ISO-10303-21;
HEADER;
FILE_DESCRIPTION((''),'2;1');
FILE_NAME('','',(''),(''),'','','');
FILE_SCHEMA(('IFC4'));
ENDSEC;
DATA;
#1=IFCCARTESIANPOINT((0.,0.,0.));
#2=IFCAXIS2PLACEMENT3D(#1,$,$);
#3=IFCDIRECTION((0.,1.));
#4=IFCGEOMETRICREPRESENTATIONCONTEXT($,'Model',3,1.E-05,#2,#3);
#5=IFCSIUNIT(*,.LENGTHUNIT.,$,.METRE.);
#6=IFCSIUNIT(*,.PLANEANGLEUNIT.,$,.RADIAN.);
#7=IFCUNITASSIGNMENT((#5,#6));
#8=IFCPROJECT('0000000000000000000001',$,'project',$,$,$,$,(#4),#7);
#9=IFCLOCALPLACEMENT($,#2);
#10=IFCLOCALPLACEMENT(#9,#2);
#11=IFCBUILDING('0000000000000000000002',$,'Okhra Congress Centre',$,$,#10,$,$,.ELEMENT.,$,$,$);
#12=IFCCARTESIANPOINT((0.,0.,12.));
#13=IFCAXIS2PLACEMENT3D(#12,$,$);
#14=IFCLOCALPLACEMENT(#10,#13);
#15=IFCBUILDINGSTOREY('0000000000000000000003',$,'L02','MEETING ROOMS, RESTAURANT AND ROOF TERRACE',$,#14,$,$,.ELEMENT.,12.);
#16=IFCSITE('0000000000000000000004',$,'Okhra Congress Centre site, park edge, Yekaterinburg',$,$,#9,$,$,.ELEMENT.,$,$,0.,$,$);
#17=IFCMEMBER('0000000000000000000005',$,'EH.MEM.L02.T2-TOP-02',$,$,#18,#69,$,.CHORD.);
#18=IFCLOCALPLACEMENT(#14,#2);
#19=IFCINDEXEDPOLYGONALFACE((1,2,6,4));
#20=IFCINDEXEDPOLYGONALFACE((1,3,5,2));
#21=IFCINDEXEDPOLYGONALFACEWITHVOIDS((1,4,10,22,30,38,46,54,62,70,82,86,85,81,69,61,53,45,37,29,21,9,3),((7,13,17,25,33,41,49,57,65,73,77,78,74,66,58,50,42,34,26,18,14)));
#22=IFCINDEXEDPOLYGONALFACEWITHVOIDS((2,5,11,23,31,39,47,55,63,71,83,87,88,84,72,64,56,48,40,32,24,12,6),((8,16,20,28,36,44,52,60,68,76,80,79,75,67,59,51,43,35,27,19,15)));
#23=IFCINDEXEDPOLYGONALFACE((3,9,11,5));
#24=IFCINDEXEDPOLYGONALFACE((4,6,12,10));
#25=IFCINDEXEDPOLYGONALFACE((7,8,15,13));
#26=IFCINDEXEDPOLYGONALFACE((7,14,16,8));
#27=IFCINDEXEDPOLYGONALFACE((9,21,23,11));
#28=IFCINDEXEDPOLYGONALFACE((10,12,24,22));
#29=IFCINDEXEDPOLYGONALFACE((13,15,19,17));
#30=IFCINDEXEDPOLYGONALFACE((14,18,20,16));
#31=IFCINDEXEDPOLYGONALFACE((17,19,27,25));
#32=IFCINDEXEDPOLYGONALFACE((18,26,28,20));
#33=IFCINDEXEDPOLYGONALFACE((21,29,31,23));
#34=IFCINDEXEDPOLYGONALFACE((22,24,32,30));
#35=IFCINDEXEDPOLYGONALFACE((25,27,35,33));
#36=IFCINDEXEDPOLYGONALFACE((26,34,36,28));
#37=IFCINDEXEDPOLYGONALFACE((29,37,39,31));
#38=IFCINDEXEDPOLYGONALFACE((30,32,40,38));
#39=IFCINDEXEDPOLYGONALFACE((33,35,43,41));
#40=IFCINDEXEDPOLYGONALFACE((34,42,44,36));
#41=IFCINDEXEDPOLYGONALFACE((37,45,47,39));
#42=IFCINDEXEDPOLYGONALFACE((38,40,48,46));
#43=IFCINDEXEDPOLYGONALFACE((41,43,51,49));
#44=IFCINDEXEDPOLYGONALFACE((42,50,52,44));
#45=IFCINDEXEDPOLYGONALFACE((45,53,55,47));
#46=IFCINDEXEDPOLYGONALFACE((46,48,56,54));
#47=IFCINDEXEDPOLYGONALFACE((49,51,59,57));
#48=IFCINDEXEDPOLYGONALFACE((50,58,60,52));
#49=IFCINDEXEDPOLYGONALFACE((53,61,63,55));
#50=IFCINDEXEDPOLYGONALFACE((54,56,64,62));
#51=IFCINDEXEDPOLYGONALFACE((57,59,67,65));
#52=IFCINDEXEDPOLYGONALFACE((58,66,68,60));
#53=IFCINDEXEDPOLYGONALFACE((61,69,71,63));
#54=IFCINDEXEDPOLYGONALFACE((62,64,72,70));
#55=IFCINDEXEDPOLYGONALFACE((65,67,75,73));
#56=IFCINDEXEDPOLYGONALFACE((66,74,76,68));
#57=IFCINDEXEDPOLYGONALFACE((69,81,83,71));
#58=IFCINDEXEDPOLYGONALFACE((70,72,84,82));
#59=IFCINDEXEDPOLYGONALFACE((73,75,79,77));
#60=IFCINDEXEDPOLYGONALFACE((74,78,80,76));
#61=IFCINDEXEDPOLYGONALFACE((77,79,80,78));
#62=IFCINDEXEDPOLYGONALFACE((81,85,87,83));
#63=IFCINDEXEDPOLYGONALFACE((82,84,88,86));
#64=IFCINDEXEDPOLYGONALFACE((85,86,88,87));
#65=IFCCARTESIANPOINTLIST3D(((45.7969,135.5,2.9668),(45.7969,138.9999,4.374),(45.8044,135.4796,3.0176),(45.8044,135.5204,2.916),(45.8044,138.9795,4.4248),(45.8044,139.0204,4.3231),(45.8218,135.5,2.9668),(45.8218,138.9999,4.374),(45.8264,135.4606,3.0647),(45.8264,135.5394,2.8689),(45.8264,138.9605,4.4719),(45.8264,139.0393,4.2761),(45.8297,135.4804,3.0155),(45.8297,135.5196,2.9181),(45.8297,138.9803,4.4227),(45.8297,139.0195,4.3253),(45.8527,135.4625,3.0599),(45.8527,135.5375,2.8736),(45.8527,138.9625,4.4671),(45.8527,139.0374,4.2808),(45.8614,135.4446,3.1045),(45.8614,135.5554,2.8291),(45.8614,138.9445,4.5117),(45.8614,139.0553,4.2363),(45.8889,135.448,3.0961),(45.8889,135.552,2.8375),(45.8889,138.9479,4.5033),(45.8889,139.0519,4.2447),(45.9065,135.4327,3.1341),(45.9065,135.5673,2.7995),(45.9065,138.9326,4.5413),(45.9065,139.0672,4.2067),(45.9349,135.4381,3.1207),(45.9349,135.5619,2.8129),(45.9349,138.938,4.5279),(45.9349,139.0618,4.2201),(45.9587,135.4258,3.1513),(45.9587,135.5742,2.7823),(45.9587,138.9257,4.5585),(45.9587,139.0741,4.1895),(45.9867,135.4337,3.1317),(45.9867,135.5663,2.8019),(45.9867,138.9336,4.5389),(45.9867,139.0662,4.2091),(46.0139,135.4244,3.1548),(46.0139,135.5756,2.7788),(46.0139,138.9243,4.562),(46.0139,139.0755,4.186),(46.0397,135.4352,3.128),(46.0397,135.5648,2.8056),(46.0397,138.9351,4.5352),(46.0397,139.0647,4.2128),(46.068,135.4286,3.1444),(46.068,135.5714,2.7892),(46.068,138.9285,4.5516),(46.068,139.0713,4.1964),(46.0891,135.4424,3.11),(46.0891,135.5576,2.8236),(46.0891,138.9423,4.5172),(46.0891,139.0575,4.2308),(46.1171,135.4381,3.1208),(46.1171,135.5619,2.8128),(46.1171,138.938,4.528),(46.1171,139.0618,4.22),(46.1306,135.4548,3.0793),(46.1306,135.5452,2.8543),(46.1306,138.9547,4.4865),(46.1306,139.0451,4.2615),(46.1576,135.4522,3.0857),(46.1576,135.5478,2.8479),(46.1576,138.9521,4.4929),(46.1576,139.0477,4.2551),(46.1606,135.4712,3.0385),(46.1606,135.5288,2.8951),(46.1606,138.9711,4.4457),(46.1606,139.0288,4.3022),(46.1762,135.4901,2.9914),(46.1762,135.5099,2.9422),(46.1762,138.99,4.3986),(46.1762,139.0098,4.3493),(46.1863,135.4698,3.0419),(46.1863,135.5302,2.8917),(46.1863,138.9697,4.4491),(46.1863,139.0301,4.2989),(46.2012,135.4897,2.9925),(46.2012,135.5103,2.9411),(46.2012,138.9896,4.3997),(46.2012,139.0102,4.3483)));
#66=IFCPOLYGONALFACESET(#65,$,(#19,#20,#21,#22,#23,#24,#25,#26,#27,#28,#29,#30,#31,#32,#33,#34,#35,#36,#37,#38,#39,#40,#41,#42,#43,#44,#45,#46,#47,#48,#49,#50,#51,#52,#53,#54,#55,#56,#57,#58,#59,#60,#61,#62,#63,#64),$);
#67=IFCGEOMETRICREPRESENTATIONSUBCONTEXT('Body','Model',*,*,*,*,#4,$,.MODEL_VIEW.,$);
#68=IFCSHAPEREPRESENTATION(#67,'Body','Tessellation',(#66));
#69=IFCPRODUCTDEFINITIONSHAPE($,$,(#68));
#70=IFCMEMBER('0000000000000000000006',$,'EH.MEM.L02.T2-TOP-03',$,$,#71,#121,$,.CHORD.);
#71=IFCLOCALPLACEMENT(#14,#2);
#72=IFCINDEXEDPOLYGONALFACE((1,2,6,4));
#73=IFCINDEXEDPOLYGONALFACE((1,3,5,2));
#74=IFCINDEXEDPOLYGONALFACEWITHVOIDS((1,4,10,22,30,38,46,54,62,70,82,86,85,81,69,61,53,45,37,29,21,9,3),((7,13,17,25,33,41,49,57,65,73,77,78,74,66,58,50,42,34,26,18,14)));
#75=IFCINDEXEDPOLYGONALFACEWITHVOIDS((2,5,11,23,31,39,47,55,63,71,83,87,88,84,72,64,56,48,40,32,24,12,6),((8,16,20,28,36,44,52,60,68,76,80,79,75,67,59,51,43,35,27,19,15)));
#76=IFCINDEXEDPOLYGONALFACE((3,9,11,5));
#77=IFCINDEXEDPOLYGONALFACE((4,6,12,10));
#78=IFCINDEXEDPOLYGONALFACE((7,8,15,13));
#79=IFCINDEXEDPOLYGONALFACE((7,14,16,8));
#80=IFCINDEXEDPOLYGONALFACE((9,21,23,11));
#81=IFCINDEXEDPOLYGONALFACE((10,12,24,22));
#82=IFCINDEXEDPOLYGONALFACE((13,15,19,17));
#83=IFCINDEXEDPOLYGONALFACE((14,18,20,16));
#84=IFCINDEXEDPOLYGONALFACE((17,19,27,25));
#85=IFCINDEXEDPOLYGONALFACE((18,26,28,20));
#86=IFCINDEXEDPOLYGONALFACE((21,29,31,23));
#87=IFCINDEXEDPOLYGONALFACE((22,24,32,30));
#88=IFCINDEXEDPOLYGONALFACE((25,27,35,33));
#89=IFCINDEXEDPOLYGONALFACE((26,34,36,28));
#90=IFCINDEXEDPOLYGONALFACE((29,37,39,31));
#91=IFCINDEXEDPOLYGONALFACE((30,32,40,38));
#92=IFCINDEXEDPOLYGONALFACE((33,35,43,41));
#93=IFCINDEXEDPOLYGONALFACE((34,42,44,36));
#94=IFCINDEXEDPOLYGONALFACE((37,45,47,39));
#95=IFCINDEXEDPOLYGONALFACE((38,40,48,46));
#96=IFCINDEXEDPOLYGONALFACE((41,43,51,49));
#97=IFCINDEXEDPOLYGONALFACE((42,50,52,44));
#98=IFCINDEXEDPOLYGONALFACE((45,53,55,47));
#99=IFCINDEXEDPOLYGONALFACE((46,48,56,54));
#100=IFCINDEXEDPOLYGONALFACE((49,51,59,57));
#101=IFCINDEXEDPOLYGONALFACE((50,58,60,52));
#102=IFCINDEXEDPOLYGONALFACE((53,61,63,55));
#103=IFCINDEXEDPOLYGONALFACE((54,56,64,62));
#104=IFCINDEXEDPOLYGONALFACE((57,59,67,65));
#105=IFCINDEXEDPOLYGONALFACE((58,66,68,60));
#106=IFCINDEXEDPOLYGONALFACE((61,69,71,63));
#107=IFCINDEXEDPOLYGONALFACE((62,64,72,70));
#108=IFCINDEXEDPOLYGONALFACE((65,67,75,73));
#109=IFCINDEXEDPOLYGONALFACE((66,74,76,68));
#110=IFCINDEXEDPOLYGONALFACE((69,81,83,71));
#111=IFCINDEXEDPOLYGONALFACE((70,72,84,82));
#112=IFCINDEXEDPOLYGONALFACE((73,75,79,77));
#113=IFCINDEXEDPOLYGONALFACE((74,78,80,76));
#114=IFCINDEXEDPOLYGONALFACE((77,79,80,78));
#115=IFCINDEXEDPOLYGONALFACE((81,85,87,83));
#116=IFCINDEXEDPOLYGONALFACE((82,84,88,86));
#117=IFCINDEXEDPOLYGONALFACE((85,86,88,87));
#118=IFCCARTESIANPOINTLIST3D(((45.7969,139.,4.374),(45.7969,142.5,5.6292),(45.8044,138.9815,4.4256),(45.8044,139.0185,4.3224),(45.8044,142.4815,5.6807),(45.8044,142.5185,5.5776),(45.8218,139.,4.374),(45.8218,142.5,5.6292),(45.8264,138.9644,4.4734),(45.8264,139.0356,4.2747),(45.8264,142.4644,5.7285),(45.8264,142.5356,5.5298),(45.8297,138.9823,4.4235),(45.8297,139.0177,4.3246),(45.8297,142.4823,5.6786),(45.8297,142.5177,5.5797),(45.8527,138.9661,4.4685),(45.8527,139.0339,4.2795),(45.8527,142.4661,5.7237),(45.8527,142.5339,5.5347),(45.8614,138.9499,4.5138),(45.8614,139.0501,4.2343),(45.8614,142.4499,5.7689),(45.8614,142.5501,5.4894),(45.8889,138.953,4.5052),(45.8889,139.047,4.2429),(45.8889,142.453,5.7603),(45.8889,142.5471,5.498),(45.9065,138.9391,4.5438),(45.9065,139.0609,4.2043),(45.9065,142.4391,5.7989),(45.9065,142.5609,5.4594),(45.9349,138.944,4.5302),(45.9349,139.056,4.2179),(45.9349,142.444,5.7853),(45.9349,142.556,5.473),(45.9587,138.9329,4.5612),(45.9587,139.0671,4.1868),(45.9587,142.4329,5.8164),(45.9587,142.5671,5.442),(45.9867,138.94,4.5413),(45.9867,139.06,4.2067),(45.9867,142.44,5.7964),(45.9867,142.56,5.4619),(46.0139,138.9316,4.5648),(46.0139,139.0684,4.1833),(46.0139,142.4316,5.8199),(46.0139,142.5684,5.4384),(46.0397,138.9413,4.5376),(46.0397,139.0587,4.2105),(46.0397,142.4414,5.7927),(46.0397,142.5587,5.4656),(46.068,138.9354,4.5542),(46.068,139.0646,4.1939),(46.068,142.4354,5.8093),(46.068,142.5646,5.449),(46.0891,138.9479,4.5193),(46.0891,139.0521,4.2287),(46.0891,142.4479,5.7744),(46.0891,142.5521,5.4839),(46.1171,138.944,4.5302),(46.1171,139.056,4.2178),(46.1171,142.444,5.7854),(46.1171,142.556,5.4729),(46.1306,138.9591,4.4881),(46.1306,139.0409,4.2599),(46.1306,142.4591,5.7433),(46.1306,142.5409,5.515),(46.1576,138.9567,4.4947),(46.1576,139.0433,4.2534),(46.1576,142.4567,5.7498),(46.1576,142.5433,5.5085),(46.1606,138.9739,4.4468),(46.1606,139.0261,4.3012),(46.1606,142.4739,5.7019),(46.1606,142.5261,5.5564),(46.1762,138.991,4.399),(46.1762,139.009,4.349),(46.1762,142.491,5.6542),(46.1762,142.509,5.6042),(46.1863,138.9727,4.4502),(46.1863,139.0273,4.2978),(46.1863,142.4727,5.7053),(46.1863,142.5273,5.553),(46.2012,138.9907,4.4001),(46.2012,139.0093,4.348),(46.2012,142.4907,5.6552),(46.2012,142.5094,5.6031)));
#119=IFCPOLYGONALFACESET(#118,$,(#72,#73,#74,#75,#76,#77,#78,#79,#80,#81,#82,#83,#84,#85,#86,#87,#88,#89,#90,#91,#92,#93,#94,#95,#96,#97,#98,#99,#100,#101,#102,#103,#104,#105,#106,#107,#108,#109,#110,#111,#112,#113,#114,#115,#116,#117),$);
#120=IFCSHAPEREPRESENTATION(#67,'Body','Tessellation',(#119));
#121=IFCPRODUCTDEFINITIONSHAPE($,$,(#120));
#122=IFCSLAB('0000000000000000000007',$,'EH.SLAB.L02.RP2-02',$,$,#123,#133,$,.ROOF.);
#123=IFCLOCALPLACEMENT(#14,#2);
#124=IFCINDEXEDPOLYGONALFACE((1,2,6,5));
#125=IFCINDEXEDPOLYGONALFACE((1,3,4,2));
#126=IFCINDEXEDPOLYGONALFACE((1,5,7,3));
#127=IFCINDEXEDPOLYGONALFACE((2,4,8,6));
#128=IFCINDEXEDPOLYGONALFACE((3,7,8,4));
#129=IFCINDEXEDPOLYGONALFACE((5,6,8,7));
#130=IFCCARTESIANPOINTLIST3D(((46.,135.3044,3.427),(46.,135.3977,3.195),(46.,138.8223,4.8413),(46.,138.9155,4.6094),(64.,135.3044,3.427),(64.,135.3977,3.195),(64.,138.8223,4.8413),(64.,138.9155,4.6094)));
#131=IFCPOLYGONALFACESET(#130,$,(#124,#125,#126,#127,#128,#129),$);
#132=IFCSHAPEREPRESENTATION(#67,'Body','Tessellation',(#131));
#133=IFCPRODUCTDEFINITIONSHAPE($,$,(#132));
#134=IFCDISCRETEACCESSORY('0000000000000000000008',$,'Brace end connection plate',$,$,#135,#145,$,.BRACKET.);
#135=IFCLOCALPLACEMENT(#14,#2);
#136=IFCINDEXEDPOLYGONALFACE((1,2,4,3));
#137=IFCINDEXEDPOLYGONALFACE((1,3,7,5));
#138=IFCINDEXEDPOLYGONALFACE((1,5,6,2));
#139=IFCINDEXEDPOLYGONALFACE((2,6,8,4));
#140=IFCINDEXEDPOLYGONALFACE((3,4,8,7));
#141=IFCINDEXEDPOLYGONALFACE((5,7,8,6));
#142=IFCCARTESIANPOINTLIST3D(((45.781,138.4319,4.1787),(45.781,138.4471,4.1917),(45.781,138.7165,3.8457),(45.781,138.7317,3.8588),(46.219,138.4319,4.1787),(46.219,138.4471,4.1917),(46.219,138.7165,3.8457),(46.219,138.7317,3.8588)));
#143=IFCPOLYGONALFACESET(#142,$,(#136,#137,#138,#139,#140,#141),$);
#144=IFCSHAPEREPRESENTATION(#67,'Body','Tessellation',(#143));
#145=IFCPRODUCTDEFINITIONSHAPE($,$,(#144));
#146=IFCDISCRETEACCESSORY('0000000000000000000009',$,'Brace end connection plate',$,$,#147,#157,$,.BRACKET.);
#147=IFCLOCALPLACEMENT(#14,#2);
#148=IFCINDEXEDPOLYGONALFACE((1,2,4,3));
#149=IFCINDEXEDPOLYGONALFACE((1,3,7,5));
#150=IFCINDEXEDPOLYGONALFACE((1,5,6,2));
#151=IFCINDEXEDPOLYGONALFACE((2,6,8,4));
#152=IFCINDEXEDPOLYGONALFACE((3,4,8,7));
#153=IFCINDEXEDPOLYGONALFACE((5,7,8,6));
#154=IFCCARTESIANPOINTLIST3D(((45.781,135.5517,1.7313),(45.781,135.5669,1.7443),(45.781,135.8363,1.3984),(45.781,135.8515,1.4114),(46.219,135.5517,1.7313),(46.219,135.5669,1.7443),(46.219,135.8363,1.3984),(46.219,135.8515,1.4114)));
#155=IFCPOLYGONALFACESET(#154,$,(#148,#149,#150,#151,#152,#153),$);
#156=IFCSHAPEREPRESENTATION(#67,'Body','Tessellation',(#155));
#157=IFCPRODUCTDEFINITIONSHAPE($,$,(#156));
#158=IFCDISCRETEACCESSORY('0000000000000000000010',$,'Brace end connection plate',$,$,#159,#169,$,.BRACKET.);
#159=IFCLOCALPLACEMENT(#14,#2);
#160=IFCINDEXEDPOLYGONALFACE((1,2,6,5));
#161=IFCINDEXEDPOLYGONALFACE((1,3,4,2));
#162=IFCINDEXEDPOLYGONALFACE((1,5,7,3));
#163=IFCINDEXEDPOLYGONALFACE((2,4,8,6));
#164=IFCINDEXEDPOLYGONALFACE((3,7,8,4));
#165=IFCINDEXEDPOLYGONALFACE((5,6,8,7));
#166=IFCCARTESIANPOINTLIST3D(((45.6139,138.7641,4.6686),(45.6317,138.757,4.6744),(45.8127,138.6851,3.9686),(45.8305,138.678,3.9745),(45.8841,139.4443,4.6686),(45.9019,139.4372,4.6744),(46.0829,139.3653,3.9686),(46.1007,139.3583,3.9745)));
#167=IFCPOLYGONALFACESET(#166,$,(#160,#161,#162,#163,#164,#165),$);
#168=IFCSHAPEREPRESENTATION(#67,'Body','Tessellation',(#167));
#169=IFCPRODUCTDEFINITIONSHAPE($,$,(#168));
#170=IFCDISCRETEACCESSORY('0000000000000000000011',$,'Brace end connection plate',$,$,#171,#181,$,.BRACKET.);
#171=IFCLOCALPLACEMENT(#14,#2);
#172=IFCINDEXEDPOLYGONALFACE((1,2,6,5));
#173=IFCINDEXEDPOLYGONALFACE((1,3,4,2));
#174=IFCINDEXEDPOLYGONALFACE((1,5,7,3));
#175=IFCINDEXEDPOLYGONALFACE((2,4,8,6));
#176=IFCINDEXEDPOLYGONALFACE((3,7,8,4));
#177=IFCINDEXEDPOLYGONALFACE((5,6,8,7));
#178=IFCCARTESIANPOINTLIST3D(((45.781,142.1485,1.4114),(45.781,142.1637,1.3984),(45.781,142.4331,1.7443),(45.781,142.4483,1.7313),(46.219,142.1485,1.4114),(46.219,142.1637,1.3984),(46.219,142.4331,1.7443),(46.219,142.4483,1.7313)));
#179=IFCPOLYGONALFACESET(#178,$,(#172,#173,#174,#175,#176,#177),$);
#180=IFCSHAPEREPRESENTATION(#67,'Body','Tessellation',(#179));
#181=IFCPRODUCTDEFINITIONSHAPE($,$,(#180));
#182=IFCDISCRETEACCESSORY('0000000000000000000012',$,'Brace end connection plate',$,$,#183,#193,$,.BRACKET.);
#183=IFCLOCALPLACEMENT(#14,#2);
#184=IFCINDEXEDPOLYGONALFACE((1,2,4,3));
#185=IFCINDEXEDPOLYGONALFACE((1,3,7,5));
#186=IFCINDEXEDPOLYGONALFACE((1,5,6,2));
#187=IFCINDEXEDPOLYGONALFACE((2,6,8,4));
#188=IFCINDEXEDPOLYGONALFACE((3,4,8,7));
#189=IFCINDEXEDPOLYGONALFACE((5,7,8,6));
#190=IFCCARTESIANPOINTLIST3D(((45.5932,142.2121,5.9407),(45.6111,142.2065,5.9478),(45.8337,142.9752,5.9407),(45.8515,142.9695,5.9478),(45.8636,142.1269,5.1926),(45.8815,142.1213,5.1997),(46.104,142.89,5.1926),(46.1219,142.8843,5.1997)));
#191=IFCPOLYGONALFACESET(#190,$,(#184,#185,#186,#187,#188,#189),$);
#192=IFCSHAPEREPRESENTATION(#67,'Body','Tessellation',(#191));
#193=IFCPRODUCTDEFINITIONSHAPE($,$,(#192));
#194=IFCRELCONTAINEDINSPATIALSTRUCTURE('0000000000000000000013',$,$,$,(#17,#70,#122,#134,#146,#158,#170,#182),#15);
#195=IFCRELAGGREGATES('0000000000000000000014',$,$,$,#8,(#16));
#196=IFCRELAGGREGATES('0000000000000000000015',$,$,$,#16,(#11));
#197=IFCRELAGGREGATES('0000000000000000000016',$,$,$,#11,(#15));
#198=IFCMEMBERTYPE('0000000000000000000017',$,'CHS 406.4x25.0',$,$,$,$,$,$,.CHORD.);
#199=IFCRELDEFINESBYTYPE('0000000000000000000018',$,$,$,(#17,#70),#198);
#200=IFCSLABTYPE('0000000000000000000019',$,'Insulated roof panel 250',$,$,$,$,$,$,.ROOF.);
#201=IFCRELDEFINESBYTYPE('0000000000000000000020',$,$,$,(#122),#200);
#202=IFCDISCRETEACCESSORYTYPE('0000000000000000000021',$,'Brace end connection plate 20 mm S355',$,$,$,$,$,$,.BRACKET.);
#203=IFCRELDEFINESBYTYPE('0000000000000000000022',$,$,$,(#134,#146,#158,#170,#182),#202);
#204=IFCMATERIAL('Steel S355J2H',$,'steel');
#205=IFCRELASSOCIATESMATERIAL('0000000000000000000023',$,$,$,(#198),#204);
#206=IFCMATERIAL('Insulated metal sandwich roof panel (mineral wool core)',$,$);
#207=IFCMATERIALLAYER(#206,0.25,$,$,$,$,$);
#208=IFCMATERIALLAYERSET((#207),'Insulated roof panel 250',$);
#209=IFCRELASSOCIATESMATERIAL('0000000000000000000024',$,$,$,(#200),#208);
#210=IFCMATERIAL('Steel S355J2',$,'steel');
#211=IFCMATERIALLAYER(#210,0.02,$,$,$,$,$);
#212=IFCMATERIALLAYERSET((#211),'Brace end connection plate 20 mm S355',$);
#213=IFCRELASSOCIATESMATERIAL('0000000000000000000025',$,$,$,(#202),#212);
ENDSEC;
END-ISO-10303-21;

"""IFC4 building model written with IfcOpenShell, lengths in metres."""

from ifc_helpers import new_model, si_unit, direction, frame, origin, origin_2d, place, context, subcontext, project, spatial, polyline, rectangle, hollow_circle, outline, extrude, material, layer, layer_set, material_profile, profile_set, type_object, element, save


model = new_model("IFC4")

# Units and contexts
model_context = context("Model", 3, precision=1e-05, world=origin(), true_north=direction((0.0, 1.0)))
body_context = subcontext(model_context, "Body", "Model", "MODEL_VIEW")
ifc_project = project(units=[si_unit("LENGTHUNIT", "METRE"), si_unit("PLANEANGLEUNIT", "RADIAN")], contexts=[model_context])

# Site, building, storey
site_placement = place(None, origin())
site = spatial("IfcSite", under=ifc_project, at=site_placement, Name="Okhra Congress Centre site, park edge, Yekaterinburg", CompositionType="ELEMENT", RefElevation=0.0)
building_placement = place(site_placement, origin())
building = spatial("IfcBuilding", under=site, at=building_placement, Name="Okhra Congress Centre", CompositionType="ELEMENT")
storey_placement = place(building_placement, frame((0.0, 0.0, 12.0)))
storey = spatial("IfcBuildingStorey", under=building, at=storey_placement, Name="L02", Description="MEETING ROOMS, RESTAURANT AND ROOF TERRACE", CompositionType="ELEMENT", Elevation=12.0)

# Shared definitions
ifc_material_1 = material(Name="Steel S355J2", Category="steel")

# Members
ifc_material_2 = material(Name="Steel S355J2H", Category="steel")
ifc_material_profile_1 = material_profile(ifc_material_2, hollow_circle(Radius=0.2031, WallThickness=0.0249, at=origin_2d()), Name="CHS 406.4x25.0")
ifc_profile_set_1 = profile_set([ifc_material_profile_1], Name="Steel S355J2H")
member_type_1 = type_object("IfcMemberType", Name="CHS 406.4x25.0", PredefinedType="CHORD", material=ifc_profile_set_1)
member_1_placement = place(storey_placement, frame((46.0, 135.5, 2.9668), z_axis=(0.0, 0.927815, 0.373042), x_axis=(-1.0, 0.0, 0.0)))
element("IfcMember", 1, at=member_1_placement, inside=storey, type_object=member_type_1, Name="EH.MEM.L02.T2-TOP-02", PredefinedType="CHORD", context=body_context, shape_type="SweptSolid", body=[
    extrude(hollow_circle(Radius=0.2031, WallThickness=0.0249, at=origin_2d()), origin(), (0.0, 0.0, 1.0), 3.7722),
])
member_2_placement = place(storey_placement, frame((46.0, 139.0, 4.374), z_axis=(0.0, 0.941304, 0.337559), x_axis=(-1.0, 0.0, 0.0)))
element("IfcMember", 2, at=member_2_placement, inside=storey, type_object=member_type_1, Name="EH.MEM.L02.T2-TOP-03", PredefinedType="CHORD", context=body_context, shape_type="SweptSolid", body=[
    extrude(hollow_circle(Radius=0.2031, WallThickness=0.0249, at=origin_2d()), origin(), (0.0, 0.0, 1.0), 3.7183),
])

# Slab
ifc_material_3 = material(Name="Insulated metal sandwich roof panel (mineral wool core)")
ifc_layer_1 = layer(ifc_material_3, 0.25)
ifc_layer_set_1 = layer_set([ifc_layer_1], Name="Insulated roof panel 250")
slab_type = type_object("IfcSlabType", Name="Insulated roof panel 250", PredefinedType="ROOF", material=ifc_layer_set_1)
slab_placement = place(storey_placement, frame((46.0, 135.3044, 3.427), z_axis=(0.0, -0.373022, 0.927822), x_axis=(1.0, 0.0, 0.0)))
element("IfcSlab", 3, at=slab_placement, inside=storey, type_object=slab_type, Name="EH.SLAB.L02.RP2-02", PredefinedType="ROOF", context=body_context, shape_type="SweptSolid", body=[
    extrude(outline(polyline([(0.0, 0.0), (18.0, 0.0), (18.0, 3.7915), (0.0, 3.7915), (0.0, 0.0)])), origin(), (0.0, 0.0, -1.0), 0.25),
])

# Discrete accessories
ifc_layer_2 = layer(ifc_material_1, 0.02)
ifc_layer_set_2 = layer_set([ifc_layer_2], Name="Brace end connection plate 20 mm S355")
discrete_accessory_type = type_object("IfcDiscreteAccessoryType", Name="Brace end connection plate 20 mm S355", PredefinedType="BRACKET", material=ifc_layer_set_2)
for number, where, z_axis, x_axis, name in (
    (4, (46.0, 138.5742, 4.0122), (0.0, 0.760121, 0.649781), (-1.0, 0.0, 0.0), "Brace end connection plate"),
    (5, (46.0, 135.7092, 1.5779), (0.0, -0.760121, -0.649781), (1.0, 0.0, 0.0), "Brace end connection plate"),
):
    element("IfcDiscreteAccessory", number, at=place(storey_placement, frame(where, z_axis=z_axis, x_axis=x_axis)), inside=storey, type_object=discrete_accessory_type, Name=name, PredefinedType="BRACKET", context=body_context, shape_type="SweptSolid", body=[
        extrude(rectangle(XDim=0.438, YDim=0.438, at=origin_2d()), origin(), (0.0, 0.0, 1.0), 0.02),
    ])
discrete_accessory_1_placement = place(storey_placement, frame((45.8484, 139.0647, 4.3186), z_axis=(0.888791, -0.353081, 0.292205), x_axis=(0.369195, 0.929352, 0.0)))
element("IfcDiscreteAccessory", 6, at=discrete_accessory_1_placement, inside=storey, type_object=discrete_accessory_type, Name="Brace end connection plate", PredefinedType="BRACKET", context=body_context, shape_type="SweptSolid", body=[
    extrude(rectangle(XDim=0.7319, YDim=0.7319, at=origin_2d()), origin(), (0.0, 0.0, 1.0), 0.02),
])
discrete_accessory_2_placement = place(storey_placement, frame((46.0, 142.2908, 1.5779), z_axis=(0.0, 0.760121, -0.649781), x_axis=(-1.0, 0.0, 0.0)))
element("IfcDiscreteAccessory", 7, at=discrete_accessory_2_placement, inside=storey, type_object=discrete_accessory_type, Name="Brace end connection plate", PredefinedType="BRACKET", context=body_context, shape_type="SweptSolid", body=[
    extrude(rectangle(XDim=0.438, YDim=0.438, at=origin_2d()), origin(), (0.0, 0.0, 1.0), 0.02),
])
discrete_accessory_3_placement = place(storey_placement, frame((45.8486, 142.551, 5.5667), z_axis=(0.891904, -0.281011, 0.354318), x_axis=(0.300506, 0.95378, 0.0)))
element("IfcDiscreteAccessory", 8, at=discrete_accessory_3_placement, inside=storey, type_object=discrete_accessory_type, Name="Brace end connection plate", PredefinedType="BRACKET", context=body_context, shape_type="SweptSolid", body=[
    extrude(rectangle(XDim=0.8, YDim=0.8, at=origin_2d()), origin(), (0.0, 0.0, 1.0), 0.02),
])

save(model, "model.ifc")
